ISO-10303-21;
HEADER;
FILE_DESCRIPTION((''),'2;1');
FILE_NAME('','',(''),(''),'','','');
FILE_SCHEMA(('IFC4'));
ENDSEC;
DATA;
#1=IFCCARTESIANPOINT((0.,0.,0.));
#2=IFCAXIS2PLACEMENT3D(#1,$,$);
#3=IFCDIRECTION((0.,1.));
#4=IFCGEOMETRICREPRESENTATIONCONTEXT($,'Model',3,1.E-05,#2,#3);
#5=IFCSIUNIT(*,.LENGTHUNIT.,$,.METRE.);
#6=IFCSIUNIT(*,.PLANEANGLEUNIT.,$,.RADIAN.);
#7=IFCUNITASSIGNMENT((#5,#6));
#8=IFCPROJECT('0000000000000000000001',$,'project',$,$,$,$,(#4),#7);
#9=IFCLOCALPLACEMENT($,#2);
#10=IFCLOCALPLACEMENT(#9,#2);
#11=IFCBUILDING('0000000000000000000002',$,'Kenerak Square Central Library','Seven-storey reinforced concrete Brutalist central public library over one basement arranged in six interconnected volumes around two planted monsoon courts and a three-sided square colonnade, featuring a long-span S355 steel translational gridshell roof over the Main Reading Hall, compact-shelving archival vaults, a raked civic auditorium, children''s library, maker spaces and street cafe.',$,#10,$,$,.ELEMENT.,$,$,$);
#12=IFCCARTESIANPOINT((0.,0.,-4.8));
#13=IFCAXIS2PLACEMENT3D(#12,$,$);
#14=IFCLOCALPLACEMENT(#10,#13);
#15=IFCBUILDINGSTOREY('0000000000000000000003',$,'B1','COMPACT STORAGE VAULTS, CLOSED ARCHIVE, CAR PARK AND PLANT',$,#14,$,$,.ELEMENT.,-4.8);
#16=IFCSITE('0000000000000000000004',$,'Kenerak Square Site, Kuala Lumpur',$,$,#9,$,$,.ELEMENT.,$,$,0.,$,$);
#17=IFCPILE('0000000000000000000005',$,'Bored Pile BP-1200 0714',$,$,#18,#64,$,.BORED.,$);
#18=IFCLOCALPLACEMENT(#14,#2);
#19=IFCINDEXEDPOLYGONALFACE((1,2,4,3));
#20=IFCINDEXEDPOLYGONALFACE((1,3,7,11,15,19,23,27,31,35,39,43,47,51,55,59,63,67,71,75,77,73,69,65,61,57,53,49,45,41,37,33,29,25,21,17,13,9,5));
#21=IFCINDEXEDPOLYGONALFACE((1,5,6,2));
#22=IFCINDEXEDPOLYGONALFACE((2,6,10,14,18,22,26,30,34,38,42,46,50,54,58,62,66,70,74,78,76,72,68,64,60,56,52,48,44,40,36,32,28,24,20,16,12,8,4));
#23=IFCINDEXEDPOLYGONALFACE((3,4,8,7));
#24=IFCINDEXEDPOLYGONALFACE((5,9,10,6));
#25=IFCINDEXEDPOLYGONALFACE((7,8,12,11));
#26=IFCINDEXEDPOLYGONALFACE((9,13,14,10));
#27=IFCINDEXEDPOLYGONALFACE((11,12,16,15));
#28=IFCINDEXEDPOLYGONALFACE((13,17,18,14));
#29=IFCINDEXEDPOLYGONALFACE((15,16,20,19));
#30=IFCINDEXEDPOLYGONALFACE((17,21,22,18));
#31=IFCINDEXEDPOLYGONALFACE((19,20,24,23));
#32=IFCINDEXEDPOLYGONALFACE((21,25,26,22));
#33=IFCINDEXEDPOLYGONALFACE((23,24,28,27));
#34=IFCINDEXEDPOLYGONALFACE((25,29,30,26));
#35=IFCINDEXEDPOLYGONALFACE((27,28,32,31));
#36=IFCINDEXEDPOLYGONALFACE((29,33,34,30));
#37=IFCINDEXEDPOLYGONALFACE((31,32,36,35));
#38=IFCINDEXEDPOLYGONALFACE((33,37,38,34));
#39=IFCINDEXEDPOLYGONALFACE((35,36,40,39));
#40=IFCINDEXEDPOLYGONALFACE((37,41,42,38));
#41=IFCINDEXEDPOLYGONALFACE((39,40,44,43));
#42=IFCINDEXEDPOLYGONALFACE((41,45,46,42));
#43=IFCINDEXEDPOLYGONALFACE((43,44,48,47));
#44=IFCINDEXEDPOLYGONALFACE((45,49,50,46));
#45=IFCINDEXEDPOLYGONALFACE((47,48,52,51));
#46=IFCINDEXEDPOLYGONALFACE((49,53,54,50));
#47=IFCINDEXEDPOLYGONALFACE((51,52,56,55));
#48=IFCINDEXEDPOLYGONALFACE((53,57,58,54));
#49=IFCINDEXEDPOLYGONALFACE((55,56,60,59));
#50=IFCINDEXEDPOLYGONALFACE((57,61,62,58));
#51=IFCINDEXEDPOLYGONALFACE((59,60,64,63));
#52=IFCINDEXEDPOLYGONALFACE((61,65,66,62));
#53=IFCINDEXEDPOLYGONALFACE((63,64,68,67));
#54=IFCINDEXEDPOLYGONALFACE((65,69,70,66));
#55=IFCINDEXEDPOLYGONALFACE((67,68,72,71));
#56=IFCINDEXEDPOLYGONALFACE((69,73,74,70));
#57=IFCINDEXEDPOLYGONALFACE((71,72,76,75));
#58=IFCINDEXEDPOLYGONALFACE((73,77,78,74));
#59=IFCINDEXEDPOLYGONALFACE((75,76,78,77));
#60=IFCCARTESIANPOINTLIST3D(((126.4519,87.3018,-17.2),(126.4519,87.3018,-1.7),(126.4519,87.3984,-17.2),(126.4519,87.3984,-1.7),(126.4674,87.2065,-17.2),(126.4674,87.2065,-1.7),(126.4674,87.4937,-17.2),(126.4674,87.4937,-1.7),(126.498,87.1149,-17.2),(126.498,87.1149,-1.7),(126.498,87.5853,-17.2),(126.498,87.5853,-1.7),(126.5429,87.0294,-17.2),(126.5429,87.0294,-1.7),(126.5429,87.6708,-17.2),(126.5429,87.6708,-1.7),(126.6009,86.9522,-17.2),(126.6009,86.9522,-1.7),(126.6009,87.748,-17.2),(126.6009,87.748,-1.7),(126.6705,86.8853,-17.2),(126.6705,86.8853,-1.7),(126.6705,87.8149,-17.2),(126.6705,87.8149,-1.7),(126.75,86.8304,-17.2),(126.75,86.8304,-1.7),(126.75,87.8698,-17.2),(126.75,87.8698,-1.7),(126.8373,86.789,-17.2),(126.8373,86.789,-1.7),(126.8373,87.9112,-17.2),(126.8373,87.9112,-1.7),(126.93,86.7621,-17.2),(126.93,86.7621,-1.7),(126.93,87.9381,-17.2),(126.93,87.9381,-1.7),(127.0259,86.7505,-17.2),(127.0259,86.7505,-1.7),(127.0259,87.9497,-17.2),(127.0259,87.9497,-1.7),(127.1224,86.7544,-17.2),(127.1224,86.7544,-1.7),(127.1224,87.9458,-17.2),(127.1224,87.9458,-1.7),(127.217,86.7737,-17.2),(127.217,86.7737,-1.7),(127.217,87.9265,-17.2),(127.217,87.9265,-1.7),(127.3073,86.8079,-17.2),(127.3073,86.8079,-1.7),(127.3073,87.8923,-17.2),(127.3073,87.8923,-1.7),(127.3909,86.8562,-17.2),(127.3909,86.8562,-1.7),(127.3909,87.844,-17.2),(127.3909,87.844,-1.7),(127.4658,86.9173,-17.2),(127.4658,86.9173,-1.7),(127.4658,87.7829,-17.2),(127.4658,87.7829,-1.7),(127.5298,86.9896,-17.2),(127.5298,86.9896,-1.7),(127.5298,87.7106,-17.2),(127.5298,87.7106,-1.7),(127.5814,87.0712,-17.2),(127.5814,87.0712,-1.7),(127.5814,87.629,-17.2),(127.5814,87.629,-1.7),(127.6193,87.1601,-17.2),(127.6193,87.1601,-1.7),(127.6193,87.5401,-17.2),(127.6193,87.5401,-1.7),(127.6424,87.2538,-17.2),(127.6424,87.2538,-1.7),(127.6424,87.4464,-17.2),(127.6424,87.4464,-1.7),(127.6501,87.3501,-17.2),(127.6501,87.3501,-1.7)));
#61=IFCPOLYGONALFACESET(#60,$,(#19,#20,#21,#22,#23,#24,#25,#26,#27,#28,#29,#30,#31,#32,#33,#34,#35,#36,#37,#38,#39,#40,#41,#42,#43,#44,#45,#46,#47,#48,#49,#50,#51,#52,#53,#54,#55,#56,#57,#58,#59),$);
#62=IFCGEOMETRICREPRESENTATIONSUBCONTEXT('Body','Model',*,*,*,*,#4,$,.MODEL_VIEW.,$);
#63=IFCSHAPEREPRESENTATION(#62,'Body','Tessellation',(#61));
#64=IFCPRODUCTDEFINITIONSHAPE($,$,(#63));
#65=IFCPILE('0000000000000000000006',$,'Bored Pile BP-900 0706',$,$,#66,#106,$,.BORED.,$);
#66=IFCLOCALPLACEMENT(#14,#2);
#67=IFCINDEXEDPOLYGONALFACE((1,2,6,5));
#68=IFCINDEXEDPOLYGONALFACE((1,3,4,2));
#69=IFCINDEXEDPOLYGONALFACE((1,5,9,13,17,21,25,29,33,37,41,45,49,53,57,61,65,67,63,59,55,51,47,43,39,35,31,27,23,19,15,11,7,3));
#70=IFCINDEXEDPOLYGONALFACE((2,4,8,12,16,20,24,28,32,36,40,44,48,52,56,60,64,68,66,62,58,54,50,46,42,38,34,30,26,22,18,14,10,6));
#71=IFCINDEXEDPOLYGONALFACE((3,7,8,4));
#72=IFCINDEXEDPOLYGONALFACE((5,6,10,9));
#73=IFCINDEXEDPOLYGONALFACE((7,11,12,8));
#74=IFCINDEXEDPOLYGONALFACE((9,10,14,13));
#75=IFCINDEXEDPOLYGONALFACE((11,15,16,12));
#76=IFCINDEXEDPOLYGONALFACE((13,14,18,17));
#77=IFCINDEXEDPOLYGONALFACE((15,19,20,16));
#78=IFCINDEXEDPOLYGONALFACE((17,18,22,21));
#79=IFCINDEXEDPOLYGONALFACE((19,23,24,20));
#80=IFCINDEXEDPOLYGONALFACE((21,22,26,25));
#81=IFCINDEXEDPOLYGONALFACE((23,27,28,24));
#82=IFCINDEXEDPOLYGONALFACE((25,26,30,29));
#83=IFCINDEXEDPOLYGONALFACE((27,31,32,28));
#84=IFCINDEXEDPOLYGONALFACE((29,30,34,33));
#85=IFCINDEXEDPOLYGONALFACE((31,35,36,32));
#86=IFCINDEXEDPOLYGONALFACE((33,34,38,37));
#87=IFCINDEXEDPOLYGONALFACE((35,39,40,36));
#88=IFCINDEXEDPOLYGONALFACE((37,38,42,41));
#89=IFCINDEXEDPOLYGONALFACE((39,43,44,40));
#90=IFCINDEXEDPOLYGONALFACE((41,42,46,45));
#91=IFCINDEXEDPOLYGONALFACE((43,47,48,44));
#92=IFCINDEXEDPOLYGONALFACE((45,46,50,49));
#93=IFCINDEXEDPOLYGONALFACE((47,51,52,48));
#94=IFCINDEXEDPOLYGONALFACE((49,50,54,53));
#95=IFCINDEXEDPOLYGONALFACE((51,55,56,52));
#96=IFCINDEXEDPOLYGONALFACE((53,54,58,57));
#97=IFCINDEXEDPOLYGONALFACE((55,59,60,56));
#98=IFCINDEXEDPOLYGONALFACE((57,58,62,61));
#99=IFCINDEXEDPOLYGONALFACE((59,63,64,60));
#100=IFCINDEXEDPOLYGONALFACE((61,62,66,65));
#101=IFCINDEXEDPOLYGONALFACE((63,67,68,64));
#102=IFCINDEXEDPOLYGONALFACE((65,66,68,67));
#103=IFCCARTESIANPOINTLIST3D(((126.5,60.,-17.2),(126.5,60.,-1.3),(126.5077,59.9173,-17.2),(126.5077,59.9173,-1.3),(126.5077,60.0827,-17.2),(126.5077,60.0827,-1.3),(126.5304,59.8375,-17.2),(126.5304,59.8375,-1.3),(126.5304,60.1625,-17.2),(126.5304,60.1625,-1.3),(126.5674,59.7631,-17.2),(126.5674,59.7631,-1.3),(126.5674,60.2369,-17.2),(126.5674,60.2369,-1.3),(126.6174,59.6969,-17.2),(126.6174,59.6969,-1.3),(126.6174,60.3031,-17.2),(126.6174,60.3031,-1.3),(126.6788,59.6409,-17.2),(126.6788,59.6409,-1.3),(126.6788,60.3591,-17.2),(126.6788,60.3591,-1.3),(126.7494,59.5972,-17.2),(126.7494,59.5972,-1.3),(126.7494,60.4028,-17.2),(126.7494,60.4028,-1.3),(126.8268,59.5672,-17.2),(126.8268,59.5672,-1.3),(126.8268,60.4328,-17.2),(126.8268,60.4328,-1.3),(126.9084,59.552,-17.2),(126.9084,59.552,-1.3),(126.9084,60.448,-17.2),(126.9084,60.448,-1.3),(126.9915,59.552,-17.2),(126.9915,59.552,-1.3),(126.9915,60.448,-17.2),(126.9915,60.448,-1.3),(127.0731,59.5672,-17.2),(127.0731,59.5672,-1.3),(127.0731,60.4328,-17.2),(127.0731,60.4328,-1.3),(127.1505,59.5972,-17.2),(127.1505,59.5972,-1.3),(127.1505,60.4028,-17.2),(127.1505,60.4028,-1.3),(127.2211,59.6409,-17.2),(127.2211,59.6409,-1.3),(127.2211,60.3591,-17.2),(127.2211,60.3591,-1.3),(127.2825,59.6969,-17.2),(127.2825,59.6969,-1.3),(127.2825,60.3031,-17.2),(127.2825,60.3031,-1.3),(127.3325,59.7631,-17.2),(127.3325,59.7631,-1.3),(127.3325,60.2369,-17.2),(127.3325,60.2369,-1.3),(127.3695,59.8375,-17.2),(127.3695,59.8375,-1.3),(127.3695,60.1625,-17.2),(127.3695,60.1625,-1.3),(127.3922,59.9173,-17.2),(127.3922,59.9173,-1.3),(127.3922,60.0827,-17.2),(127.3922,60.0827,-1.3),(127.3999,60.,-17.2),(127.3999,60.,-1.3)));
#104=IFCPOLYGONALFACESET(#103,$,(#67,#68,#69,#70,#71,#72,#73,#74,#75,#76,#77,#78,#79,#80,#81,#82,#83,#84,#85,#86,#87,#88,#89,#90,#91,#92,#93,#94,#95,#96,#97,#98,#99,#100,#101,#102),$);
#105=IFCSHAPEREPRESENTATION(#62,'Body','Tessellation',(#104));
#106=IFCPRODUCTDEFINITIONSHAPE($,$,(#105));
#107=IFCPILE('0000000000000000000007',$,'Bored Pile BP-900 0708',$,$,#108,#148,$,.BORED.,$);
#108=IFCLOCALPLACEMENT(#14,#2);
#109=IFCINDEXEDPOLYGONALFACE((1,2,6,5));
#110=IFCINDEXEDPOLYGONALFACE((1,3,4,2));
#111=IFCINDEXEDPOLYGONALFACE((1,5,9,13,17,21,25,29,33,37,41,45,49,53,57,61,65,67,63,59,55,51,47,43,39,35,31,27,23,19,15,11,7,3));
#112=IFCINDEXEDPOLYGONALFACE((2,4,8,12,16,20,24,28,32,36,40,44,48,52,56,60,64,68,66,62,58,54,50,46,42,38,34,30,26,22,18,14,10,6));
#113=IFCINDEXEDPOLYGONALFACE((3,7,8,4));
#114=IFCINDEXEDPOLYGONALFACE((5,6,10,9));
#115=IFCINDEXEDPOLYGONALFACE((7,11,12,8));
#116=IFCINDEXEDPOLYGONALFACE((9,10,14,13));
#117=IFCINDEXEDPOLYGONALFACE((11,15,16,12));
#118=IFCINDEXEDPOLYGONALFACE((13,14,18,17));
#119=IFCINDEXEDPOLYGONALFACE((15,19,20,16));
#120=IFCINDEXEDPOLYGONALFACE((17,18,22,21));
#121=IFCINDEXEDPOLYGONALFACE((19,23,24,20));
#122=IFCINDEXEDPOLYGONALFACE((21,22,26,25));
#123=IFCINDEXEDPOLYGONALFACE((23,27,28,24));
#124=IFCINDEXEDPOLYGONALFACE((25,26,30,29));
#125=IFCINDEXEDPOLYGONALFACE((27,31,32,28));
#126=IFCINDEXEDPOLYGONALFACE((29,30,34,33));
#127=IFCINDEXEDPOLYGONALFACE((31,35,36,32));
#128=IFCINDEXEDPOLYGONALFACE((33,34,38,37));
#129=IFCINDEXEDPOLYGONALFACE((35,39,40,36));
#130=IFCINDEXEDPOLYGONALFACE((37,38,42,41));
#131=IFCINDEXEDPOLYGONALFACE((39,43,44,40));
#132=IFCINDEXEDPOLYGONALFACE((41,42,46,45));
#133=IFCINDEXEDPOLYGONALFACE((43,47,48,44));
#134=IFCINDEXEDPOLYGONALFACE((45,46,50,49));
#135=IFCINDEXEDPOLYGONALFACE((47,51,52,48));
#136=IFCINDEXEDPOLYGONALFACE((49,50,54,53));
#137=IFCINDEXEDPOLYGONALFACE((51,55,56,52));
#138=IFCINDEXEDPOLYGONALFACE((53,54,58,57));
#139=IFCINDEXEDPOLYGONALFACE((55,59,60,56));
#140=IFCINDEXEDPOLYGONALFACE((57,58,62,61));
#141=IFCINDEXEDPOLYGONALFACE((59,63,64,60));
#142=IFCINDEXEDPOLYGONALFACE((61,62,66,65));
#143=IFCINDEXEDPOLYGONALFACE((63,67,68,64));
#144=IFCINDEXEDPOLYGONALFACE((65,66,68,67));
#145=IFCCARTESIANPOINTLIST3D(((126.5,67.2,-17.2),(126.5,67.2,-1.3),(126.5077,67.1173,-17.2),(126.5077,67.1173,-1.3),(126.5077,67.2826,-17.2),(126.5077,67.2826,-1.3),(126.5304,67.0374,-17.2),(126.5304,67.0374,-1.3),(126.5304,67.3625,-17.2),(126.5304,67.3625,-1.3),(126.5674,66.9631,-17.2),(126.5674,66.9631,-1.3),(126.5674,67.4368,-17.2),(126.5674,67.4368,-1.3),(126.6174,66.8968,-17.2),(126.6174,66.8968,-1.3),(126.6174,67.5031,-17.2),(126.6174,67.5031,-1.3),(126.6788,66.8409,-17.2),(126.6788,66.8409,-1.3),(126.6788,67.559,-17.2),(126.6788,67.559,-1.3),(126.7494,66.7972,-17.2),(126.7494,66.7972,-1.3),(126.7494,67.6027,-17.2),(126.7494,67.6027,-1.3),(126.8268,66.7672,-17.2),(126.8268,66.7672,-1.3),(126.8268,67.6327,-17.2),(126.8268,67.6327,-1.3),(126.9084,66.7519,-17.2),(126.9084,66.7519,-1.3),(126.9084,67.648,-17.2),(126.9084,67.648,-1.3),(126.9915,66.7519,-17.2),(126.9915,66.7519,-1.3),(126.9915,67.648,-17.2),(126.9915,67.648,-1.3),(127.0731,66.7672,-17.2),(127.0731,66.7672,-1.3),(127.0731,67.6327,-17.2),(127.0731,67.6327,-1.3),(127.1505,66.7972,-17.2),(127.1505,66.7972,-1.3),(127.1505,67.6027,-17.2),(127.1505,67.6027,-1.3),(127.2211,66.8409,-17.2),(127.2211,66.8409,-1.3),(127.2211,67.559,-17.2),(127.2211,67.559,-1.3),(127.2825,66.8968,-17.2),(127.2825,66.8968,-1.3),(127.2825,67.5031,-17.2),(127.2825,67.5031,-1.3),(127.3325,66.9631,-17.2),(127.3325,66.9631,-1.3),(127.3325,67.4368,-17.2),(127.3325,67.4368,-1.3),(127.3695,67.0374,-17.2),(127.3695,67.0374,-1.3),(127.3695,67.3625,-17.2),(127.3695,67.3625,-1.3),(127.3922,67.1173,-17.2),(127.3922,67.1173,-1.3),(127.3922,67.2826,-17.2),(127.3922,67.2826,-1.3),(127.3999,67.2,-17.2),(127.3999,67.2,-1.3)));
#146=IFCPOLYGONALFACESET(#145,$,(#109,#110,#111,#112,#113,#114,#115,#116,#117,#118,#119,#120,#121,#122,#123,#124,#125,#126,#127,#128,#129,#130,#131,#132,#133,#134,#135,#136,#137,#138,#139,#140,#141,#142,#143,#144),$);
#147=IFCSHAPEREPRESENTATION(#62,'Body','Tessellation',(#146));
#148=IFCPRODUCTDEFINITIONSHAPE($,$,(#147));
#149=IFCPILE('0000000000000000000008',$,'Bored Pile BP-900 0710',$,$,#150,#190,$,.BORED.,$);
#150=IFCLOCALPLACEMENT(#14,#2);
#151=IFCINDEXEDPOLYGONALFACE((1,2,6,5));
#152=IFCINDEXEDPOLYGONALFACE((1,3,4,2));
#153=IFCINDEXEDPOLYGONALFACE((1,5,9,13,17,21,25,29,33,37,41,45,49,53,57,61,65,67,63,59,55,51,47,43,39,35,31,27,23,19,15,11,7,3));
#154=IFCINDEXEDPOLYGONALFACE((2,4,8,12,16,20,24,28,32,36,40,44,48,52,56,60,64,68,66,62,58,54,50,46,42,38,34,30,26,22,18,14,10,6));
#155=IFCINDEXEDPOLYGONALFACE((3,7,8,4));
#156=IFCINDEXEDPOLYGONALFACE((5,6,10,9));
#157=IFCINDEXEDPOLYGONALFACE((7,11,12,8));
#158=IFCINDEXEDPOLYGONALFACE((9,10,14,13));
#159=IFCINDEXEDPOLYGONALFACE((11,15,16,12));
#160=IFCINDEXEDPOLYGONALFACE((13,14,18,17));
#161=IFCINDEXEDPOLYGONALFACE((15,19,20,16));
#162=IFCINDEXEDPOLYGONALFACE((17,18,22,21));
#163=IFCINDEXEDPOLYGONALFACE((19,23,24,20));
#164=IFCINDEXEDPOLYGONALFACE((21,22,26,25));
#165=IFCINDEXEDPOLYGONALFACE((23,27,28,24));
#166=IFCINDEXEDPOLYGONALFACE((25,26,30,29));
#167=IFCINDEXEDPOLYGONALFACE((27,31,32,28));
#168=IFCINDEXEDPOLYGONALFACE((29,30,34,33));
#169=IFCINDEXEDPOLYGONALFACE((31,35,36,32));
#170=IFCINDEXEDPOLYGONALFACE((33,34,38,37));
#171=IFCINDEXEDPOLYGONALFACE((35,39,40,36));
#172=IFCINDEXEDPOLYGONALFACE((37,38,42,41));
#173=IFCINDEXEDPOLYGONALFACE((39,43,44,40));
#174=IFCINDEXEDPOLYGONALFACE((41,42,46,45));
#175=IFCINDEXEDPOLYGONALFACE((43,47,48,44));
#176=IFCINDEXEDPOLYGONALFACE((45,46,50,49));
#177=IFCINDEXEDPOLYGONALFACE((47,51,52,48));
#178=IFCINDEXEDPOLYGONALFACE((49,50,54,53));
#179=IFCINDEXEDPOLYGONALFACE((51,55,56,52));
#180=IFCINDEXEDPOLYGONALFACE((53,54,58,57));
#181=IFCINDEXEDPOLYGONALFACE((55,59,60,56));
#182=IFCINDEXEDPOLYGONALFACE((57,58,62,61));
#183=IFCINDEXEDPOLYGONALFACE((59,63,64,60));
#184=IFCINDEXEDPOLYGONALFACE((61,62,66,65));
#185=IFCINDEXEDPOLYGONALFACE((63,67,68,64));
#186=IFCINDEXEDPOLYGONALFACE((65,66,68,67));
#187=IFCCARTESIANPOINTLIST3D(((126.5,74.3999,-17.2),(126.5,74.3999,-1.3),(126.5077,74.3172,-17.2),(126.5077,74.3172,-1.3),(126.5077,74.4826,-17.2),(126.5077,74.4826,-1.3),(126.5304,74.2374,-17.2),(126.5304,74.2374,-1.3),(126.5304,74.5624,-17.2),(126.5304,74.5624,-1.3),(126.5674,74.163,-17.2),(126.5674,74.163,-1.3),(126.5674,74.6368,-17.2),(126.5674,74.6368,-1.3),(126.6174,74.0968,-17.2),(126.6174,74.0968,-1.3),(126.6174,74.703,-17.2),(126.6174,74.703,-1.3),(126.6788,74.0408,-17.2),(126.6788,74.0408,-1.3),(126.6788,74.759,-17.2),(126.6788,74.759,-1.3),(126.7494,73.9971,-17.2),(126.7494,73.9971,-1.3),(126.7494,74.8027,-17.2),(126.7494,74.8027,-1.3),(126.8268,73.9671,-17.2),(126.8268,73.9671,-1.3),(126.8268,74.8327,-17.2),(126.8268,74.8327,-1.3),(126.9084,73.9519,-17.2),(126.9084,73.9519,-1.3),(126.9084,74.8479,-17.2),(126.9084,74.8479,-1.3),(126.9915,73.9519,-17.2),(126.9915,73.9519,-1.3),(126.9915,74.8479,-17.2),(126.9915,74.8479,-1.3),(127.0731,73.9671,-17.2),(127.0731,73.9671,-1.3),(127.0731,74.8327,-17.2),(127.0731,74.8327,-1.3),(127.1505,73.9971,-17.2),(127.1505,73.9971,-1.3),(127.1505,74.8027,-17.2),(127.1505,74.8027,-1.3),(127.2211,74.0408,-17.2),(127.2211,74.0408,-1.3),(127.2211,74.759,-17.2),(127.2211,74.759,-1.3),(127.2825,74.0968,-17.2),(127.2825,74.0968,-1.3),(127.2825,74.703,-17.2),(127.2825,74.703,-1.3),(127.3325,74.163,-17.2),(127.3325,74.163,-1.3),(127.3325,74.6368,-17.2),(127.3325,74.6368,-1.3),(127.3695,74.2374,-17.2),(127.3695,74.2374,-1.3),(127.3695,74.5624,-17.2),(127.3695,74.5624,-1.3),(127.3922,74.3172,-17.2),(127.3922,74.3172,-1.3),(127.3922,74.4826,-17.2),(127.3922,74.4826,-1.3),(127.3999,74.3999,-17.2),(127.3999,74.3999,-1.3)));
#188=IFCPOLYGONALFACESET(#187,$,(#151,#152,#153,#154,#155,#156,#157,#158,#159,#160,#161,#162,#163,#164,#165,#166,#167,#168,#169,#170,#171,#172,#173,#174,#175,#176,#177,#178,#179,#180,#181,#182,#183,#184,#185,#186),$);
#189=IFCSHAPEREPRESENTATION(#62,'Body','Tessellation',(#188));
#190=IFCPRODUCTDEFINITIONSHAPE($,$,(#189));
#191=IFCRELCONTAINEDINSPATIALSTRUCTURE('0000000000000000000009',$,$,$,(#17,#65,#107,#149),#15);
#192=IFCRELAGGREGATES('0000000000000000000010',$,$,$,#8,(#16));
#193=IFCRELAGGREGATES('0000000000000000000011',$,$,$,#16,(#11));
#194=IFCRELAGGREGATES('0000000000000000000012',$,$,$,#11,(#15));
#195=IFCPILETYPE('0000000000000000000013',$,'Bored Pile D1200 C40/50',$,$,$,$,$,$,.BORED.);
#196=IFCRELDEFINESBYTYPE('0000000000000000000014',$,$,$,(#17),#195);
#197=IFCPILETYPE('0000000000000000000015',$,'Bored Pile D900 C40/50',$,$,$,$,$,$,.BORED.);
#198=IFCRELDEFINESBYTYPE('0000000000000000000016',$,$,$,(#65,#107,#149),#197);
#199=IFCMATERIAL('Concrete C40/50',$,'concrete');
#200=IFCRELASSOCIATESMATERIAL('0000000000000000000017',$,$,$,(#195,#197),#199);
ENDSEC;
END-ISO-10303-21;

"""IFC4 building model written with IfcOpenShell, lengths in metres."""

from ifc_helpers import new_model, si_unit, direction, frame, origin, origin_2d, place, context, subcontext, project, spatial, circle, extrude, material, material_profile, profile_set, type_object, element, save


model = new_model("IFC4")

# Units and contexts
model_context = context("Model", 3, precision=1e-05, world=origin(), true_north=direction((0.0, 1.0)))
body_context = subcontext(model_context, "Body", "Model", "MODEL_VIEW")
ifc_project = project(units=[si_unit("LENGTHUNIT", "METRE"), si_unit("PLANEANGLEUNIT", "RADIAN")], contexts=[model_context])

# Site, building, storey
site_placement = place(None, origin())
site = spatial("IfcSite", under=ifc_project, at=site_placement, Name="Kenerak Square Site, Kuala Lumpur", CompositionType="ELEMENT", RefElevation=0.0)
building_placement = place(site_placement, origin())
building = spatial("IfcBuilding", under=site, at=building_placement, Name="Kenerak Square Central Library", Description="Seven-storey reinforced concrete Brutalist central public library over one basement arranged in six interconnected volumes around two planted monsoon courts and a three-sided square colonnade, featuring a long-span S355 steel translational gridshell roof over the Main Reading Hall, compact-shelving archival vaults, a raked civic auditorium, children's library, maker spaces and street cafe.", CompositionType="ELEMENT")
storey_placement = place(building_placement, frame((0.0, 0.0, -4.8)))
storey = spatial("IfcBuildingStorey", under=building, at=storey_placement, Name="B1", Description="COMPACT STORAGE VAULTS, CLOSED ARCHIVE, CAR PARK AND PLANT", CompositionType="ELEMENT", Elevation=-4.8)

# Piles
ifc_material_1 = material(Name="Concrete C40/50", Category="concrete")
ifc_material_profile_1 = material_profile(ifc_material_1, circle(Radius=0.6001, at=origin_2d()), Name="BP D1200")
ifc_profile_set_1 = profile_set([ifc_material_profile_1], Name="Concrete C40/50")
pile_type_1 = type_object("IfcPileType", Name="Bored Pile D1200 C40/50", PredefinedType="BORED", material=ifc_profile_set_1)
pile_placement = place(storey_placement, frame((127.05, 87.3501, -1.7), z_axis=(0.0, 0.0, -1.0), x_axis=(1.0, 0.0, 0.0)))
element("IfcPile", 1, at=pile_placement, inside=storey, type_object=pile_type_1, Name="Bored Pile BP-1200 0714", PredefinedType="BORED", context=body_context, shape_type="SweptSolid", body=[
    extrude(circle(Radius=0.6001, at=origin_2d()), origin(), (0.0, 0.0, 1.0), 15.5),
])
ifc_material_profile_2 = material_profile(ifc_material_1, circle(Radius=0.45, at=origin_2d()), Name="BP D900")
ifc_profile_set_2 = profile_set([ifc_material_profile_2], Name="Concrete C40/50")
pile_type_2 = type_object("IfcPileType", Name="Bored Pile D900 C40/50", PredefinedType="BORED", material=ifc_profile_set_2)
for number, where, z_axis, x_axis, name in (
    (2, (126.95, 60.0, -1.3), (0.0, 0.0, -1.0), (1.0, 0.0, 0.0), "Bored Pile BP-900 0706"),
    (3, (126.95, 67.2, -1.3), (0.0, 0.0, -1.0), (1.0, 0.0, 0.0), "Bored Pile BP-900 0708"),
    (4, (126.95, 74.3999, -1.3), (0.0, 0.0, -1.0), (1.0, 0.0, 0.0), "Bored Pile BP-900 0710"),
):
    element("IfcPile", number, at=place(storey_placement, frame(where, z_axis=z_axis, x_axis=x_axis)), inside=storey, type_object=pile_type_2, Name=name, PredefinedType="BORED", context=body_context, shape_type="SweptSolid", body=[
        extrude(circle(Radius=0.45, at=origin_2d()), origin(), (0.0, 0.0, 1.0), 15.8999),
    ])

save(model, "model.ifc")
